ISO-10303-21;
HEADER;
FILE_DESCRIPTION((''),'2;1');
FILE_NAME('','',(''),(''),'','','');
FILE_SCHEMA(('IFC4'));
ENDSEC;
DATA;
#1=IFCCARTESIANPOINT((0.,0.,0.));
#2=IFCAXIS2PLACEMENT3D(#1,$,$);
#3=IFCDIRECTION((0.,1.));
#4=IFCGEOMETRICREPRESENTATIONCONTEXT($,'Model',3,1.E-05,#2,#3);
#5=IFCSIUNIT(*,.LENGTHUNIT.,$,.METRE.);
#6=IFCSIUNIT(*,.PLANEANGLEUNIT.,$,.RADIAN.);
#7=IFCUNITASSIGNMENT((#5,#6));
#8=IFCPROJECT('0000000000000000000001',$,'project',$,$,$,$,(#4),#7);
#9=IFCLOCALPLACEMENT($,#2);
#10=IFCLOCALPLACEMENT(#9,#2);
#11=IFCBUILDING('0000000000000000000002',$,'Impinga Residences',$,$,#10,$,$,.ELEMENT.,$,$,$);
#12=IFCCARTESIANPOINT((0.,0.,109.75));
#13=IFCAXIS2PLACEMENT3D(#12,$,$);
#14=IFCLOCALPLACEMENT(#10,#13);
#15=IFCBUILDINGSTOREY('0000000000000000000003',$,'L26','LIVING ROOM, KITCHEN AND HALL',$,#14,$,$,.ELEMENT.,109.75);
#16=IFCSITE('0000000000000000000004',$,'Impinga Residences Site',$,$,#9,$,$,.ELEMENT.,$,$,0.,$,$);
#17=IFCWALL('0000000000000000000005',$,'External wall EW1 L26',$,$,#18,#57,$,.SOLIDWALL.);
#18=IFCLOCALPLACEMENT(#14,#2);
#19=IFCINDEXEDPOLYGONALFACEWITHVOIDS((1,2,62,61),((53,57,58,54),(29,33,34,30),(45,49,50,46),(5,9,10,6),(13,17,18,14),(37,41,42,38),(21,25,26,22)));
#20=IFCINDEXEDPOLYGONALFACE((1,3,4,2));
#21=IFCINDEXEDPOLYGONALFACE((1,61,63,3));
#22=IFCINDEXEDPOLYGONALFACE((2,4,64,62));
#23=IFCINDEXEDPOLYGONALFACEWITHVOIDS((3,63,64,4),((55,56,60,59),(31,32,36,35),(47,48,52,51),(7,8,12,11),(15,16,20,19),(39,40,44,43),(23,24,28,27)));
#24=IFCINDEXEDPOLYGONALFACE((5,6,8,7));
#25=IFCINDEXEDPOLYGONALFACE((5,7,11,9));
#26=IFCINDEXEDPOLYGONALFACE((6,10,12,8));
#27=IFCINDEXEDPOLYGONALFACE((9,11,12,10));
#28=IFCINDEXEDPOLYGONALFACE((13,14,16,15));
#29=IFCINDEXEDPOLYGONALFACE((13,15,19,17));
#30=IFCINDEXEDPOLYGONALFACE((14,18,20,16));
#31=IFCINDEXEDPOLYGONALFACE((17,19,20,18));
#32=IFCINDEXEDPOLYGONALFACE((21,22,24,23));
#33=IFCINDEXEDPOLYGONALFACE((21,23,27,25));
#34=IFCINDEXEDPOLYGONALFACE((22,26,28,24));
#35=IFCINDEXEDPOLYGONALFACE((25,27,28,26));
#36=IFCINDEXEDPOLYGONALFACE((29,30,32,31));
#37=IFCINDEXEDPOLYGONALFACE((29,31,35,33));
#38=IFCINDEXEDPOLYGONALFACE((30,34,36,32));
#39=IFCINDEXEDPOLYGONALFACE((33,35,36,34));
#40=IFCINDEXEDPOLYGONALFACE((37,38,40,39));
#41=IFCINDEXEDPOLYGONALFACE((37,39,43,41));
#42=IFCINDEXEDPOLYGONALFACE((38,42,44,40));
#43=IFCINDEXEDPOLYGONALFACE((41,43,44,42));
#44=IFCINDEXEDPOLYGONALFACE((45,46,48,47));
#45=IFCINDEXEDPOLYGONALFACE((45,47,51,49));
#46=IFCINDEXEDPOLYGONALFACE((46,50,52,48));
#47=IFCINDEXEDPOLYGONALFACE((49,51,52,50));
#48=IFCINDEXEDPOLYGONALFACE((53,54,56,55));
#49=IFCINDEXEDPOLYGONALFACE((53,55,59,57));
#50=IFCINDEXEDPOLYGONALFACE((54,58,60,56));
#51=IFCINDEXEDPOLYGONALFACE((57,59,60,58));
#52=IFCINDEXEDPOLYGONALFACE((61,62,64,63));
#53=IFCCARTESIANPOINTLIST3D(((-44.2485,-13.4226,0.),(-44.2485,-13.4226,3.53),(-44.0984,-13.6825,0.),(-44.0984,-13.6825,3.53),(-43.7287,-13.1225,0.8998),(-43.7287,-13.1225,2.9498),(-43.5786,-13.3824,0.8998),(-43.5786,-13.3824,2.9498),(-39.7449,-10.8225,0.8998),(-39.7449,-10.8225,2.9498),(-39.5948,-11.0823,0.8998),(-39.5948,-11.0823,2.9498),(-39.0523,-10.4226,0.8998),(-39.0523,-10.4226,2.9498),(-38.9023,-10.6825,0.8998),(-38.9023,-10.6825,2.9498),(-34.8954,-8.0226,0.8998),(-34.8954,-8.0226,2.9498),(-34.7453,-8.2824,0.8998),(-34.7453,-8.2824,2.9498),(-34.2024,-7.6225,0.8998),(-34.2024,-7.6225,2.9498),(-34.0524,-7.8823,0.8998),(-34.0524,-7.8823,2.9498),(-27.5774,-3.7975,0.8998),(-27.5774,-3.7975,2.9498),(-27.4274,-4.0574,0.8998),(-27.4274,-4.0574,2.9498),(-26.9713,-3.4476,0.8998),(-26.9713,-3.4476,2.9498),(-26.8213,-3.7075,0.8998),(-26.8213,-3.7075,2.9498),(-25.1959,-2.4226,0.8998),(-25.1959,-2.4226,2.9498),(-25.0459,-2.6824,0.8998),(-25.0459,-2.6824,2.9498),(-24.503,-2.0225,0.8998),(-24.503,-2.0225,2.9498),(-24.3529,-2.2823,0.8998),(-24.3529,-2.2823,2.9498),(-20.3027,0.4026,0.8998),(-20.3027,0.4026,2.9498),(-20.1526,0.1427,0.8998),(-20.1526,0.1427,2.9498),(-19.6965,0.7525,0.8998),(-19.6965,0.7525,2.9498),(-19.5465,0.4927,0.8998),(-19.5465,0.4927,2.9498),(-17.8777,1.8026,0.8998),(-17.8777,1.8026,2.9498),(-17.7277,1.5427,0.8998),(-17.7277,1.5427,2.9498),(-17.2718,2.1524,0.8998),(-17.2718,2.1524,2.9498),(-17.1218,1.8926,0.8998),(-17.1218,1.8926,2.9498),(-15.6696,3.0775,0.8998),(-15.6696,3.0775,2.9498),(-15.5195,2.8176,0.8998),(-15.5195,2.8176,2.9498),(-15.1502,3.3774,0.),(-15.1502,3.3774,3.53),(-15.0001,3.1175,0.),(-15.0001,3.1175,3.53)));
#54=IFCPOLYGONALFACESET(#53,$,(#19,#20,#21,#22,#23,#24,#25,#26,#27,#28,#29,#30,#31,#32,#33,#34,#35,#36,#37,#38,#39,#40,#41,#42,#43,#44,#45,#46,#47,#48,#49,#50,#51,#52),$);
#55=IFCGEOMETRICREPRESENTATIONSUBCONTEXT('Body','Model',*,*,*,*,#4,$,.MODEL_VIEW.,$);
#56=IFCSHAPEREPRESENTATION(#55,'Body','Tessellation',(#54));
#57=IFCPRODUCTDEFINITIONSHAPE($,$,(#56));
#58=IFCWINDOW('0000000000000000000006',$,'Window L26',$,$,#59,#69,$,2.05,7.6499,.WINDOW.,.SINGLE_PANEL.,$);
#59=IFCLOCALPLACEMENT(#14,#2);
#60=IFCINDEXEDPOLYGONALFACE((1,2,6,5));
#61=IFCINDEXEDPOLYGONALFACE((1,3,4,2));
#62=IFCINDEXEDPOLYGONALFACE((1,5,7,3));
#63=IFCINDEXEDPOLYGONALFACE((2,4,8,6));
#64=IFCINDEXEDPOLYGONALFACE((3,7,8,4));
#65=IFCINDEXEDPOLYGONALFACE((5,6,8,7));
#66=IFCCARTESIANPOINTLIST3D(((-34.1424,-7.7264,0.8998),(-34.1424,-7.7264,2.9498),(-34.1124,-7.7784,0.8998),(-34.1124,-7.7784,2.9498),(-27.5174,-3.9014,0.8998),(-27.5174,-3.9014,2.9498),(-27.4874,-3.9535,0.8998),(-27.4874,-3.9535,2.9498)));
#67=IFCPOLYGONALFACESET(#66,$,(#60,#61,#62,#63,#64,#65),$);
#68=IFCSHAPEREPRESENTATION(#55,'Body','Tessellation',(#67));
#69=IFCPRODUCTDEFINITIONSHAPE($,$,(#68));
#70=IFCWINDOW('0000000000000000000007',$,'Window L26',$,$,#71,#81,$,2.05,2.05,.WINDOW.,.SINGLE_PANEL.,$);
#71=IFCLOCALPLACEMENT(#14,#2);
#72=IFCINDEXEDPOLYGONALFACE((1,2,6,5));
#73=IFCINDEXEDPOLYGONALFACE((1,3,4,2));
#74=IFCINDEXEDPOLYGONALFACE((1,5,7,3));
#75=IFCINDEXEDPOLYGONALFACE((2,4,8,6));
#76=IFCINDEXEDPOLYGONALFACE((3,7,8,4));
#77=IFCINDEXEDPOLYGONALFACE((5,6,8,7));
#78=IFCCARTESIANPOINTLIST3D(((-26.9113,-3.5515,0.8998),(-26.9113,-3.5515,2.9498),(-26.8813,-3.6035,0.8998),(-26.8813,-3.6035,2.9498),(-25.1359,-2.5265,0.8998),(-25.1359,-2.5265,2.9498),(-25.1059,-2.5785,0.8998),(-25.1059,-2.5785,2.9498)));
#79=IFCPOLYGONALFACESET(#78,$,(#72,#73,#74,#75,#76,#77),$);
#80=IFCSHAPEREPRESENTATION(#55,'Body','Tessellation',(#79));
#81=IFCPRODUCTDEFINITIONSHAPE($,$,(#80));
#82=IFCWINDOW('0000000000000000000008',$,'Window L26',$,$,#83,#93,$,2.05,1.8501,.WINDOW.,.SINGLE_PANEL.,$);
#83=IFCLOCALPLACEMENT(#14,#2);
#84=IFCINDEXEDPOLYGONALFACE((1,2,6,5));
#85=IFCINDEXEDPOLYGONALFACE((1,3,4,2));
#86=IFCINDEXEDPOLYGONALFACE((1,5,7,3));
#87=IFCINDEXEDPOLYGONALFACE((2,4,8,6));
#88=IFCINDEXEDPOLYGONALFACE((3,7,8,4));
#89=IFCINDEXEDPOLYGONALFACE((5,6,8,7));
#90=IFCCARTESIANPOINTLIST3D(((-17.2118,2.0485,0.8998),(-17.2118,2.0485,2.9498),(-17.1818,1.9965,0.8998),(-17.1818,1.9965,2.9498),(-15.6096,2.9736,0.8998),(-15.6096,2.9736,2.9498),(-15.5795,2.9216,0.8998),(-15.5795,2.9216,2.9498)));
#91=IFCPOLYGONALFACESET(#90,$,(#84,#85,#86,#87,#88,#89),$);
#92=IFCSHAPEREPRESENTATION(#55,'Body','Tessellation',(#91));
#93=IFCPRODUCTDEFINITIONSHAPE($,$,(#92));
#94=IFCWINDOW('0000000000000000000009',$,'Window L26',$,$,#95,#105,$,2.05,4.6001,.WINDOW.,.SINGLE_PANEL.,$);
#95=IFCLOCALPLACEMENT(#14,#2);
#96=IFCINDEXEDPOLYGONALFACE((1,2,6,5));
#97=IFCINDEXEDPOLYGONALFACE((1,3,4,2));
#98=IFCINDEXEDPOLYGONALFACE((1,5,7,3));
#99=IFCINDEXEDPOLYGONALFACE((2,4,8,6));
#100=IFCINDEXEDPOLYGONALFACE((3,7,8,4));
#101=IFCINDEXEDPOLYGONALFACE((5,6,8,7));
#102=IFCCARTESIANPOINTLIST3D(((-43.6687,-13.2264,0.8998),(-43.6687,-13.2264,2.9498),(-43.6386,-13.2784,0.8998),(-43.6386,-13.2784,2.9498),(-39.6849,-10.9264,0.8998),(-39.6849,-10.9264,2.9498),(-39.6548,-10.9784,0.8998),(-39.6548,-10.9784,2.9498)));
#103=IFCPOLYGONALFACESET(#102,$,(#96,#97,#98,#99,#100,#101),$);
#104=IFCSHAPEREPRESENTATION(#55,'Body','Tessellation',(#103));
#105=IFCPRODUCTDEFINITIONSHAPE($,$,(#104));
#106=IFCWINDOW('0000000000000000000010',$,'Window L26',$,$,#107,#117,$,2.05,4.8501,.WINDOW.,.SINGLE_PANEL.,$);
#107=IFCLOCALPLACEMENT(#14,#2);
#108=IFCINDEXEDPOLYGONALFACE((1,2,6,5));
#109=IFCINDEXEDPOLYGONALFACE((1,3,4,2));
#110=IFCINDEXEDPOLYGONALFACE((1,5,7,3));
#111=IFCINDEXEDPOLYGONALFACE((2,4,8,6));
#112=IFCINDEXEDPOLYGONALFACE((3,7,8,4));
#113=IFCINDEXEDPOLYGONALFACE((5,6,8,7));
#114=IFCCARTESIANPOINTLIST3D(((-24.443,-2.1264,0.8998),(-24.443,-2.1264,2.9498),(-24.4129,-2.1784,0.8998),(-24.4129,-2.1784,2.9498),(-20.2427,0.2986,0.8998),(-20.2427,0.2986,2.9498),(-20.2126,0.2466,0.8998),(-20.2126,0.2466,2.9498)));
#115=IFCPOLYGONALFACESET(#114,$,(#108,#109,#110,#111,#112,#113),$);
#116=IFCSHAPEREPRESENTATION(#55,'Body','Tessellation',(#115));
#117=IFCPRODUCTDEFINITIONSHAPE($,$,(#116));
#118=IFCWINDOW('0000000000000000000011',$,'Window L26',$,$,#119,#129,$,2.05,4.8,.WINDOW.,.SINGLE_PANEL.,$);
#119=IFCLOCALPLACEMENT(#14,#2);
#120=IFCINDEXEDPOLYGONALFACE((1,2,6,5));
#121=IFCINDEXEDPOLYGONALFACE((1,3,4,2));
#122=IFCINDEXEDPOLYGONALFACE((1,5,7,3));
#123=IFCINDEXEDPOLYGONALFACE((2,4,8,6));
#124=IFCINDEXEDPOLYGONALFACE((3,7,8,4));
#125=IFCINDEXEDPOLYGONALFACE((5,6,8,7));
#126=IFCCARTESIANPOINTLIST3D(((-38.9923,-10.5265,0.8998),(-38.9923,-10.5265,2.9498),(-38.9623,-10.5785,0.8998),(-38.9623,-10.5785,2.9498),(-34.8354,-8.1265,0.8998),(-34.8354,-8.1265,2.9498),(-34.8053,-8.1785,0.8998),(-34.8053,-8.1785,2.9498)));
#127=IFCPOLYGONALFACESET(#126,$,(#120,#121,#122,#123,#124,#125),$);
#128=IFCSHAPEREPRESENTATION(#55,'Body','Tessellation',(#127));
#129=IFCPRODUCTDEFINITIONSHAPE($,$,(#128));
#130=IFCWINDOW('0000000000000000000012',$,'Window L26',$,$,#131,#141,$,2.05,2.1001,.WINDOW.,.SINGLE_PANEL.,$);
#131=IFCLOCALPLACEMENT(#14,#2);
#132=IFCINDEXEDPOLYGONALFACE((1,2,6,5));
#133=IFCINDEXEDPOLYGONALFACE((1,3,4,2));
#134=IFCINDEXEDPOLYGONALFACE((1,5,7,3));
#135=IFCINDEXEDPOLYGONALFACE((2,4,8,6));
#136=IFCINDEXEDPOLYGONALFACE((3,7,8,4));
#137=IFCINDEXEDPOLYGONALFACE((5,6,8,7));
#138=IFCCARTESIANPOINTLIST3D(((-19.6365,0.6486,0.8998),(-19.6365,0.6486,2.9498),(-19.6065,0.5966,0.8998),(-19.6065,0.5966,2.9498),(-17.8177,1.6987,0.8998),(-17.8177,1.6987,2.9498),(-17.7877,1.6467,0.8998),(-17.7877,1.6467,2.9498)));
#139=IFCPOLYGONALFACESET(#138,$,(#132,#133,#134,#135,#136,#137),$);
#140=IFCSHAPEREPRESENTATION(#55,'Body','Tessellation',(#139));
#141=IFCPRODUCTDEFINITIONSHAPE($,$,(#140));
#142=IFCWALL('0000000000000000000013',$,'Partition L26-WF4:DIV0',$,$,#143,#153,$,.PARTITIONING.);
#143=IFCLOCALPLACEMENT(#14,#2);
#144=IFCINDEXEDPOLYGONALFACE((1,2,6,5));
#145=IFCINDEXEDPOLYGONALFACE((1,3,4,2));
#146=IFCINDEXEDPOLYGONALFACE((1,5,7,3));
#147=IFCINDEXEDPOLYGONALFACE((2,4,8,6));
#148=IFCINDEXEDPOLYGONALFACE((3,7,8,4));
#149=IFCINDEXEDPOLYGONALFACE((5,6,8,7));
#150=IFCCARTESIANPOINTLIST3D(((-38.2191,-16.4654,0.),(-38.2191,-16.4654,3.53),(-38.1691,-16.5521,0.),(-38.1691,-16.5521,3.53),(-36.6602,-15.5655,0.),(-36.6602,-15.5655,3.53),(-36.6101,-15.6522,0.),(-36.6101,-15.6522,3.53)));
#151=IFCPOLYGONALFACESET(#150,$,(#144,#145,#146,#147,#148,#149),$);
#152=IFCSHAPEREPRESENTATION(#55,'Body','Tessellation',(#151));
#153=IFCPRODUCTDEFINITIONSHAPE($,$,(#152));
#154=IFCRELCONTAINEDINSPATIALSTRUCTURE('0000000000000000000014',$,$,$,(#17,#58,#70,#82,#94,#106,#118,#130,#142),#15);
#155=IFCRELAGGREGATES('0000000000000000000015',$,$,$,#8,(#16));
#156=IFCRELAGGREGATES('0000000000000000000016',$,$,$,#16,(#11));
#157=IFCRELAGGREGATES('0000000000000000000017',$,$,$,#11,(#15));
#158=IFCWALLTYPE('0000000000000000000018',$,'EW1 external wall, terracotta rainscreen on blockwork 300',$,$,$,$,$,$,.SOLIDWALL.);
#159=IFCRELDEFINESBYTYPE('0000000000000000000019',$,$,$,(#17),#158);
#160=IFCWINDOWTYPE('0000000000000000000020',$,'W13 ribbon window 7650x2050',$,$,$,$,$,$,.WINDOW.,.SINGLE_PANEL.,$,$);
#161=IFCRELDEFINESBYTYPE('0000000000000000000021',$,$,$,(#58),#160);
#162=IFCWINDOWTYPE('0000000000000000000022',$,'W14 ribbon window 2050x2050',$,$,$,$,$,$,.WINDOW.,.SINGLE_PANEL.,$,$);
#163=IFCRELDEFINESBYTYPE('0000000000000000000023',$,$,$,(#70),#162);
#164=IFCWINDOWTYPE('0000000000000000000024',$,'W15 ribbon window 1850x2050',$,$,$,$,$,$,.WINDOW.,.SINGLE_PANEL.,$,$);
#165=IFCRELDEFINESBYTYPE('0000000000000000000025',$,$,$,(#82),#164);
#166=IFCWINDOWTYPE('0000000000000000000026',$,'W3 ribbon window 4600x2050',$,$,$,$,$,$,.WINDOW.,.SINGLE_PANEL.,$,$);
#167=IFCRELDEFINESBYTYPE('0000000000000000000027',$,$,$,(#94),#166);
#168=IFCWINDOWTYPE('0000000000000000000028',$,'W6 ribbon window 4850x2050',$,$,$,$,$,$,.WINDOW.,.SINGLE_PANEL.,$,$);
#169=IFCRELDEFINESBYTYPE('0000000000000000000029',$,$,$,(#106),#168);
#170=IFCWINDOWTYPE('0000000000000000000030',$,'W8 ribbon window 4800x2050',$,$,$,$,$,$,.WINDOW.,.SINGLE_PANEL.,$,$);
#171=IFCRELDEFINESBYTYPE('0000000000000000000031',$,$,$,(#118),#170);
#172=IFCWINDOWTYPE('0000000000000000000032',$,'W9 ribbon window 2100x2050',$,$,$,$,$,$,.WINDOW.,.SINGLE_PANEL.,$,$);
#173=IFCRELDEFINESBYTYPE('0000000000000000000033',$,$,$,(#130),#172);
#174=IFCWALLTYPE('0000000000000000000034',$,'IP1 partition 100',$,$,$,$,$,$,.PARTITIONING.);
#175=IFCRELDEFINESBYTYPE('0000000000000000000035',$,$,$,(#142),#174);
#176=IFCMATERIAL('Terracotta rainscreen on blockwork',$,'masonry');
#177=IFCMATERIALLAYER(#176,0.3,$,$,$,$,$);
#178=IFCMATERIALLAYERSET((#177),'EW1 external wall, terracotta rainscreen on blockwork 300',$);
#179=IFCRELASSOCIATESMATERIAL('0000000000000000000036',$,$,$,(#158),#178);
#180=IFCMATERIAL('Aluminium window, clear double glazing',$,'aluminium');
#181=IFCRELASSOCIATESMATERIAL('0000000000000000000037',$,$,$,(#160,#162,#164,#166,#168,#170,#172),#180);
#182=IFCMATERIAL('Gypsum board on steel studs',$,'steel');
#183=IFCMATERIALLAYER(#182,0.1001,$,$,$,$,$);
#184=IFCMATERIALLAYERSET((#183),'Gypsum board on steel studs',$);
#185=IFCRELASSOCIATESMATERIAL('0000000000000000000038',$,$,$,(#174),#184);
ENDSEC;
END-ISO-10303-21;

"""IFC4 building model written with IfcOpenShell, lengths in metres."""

from ifc_helpers import new_model, si_unit, direction, frame, frame_2d, origin, place, context, subcontext, project, spatial, rectangle, extrude, material, layer, layer_set, type_object, element, fill, save


model = new_model("IFC4")

# Units and contexts
model_context = context("Model", 3, precision=1e-05, world=origin(), true_north=direction((0.0, 1.0)))
body_context = subcontext(model_context, "Body", "Model", "MODEL_VIEW")
ifc_project = project(units=[si_unit("LENGTHUNIT", "METRE"), si_unit("PLANEANGLEUNIT", "RADIAN")], contexts=[model_context])

# Site, building, storey
site_placement = place(None, origin())
site = spatial("IfcSite", under=ifc_project, at=site_placement, Name="Impinga Residences Site", CompositionType="ELEMENT", RefElevation=0.0)
building_placement = place(site_placement, origin())
building = spatial("IfcBuilding", under=site, at=building_placement, Name="Impinga Residences", CompositionType="ELEMENT")
storey_placement = place(building_placement, frame((0.0, 0.0, 109.75)))
storey = spatial("IfcBuildingStorey", under=building, at=storey_placement, Name="L26", Description="LIVING ROOM, KITCHEN AND HALL", CompositionType="ELEMENT", Elevation=109.75)

# Shared definitions
ifc_material_1 = material(Name="Terracotta rainscreen on blockwork", Category="masonry")
ifc_layer_1 = layer(ifc_material_1, 0.3)
ifc_layer_set_1 = layer_set([ifc_layer_1], Name="EW1 external wall, terracotta rainscreen on blockwork 300")
wall_type_1 = type_object("IfcWallType", Name="EW1 external wall, terracotta rainscreen on blockwork 300", PredefinedType="SOLIDWALL", material=ifc_layer_set_1)

# Wall, openings, windows
wall_1_placement = place(storey_placement, frame((-44.1733, -13.5525, 0.0), z_axis=(0.0, 0.0, 1.0), x_axis=(0.866024, 0.500002, 0.0)))
wall_1 = element("IfcWall", 1, at=wall_1_placement, inside=storey, type_object=wall_type_1, Name="External wall EW1 L26", PredefinedType="SOLIDWALL", context=body_context, shape_type="SweptSolid", body=[
    extrude(rectangle(XDim=33.5999, YDim=0.3, at=frame_2d((16.7998, 0.0))), origin(), (0.0, 0.0, 1.0), 3.53),
])
opening_1_placement = place(wall_1_placement, frame((0.6001, 0.0, 0.8999)))
opening_1 = element("IfcOpeningElement", 2, at=opening_1_placement, cuts=wall_1, PredefinedType="OPENING", context=body_context, shape_type="SweptSolid", body=[
    extrude(rectangle(XDim=4.6001, YDim=2.05, at=frame_2d((2.3, 1.0249))), frame((0.0, 0.1599, 0.0), z_axis=(0.0, -1.0, 0.0), x_axis=(1.0, 0.0, 0.0)), (0.0, 0.0, 1.0), 0.3201),
])
opening_2_placement = place(wall_1_placement, frame((6.0, 0.0, 0.8999)))
opening_2 = element("IfcOpeningElement", 3, at=opening_2_placement, cuts=wall_1, PredefinedType="OPENING", context=body_context, shape_type="SweptSolid", body=[
    extrude(rectangle(XDim=4.8, YDim=2.05, at=frame_2d((2.3999, 1.0249))), frame((0.0, 0.1599, 0.0), z_axis=(0.0, -1.0, 0.0), x_axis=(1.0, 0.0, 0.0)), (0.0, 0.0, 1.0), 0.3201),
])
opening_3_placement = place(wall_1_placement, frame((11.6001, 0.0, 0.8999)))
opening_3 = element("IfcOpeningElement", 4, at=opening_3_placement, cuts=wall_1, PredefinedType="OPENING", context=body_context, shape_type="SweptSolid", body=[
    extrude(rectangle(XDim=7.6499, YDim=2.05, at=frame_2d((3.825, 1.0249))), frame((0.0, 0.1599, 0.0), z_axis=(0.0, -1.0, 0.0), x_axis=(1.0, 0.0, 0.0)), (0.0, 0.0, 1.0), 0.3201),
])
opening_4_placement = place(wall_1_placement, frame((19.95, 0.0, 0.8999)))
opening_4 = element("IfcOpeningElement", 5, at=opening_4_placement, cuts=wall_1, PredefinedType="OPENING", context=body_context, shape_type="SweptSolid", body=[
    extrude(rectangle(XDim=2.05, YDim=2.05, at=frame_2d((1.0249, 1.0249))), frame((0.0, 0.1599, 0.0), z_axis=(0.0, -1.0, 0.0), x_axis=(1.0, 0.0, 0.0)), (0.0, 0.0, 1.0), 0.3201),
])
opening_5_placement = place(wall_1_placement, frame((22.8, 0.0, 0.8999)))
opening_5 = element("IfcOpeningElement", 6, at=opening_5_placement, cuts=wall_1, PredefinedType="OPENING", context=body_context, shape_type="SweptSolid", body=[
    extrude(rectangle(XDim=4.8501, YDim=2.05, at=frame_2d((2.425, 1.0249))), frame((0.0, 0.1599, 0.0), z_axis=(0.0, -1.0, 0.0), x_axis=(1.0, 0.0, 0.0)), (0.0, 0.0, 1.0), 0.3201),
])
opening_6_placement = place(wall_1_placement, frame((28.3501, 0.0, 0.8999)))
opening_6 = element("IfcOpeningElement", 7, at=opening_6_placement, cuts=wall_1, PredefinedType="OPENING", context=body_context, shape_type="SweptSolid", body=[
    extrude(rectangle(XDim=2.1001, YDim=2.05, at=frame_2d((1.05, 1.0249))), frame((0.0, 0.1599, 0.0), z_axis=(0.0, -1.0, 0.0), x_axis=(1.0, 0.0, 0.0)), (0.0, 0.0, 1.0), 0.3201),
])
opening_7_placement = place(wall_1_placement, frame((31.1499, 0.0, 0.8999)))
opening_7 = element("IfcOpeningElement", 8, at=opening_7_placement, cuts=wall_1, PredefinedType="OPENING", context=body_context, shape_type="SweptSolid", body=[
    extrude(rectangle(XDim=1.8501, YDim=2.05, at=frame_2d((0.925, 1.0249))), frame((0.0, 0.1599, 0.0), z_axis=(0.0, -1.0, 0.0), x_axis=(1.0, 0.0, 0.0)), (0.0, 0.0, 1.0), 0.3201),
])
ifc_material_2 = material(Name="Aluminium window, clear double glazing", Category="aluminium")
window_type_1 = type_object("IfcWindowType", Name="W13 ribbon window 7650x2050", PartitioningType="SINGLE_PANEL", PredefinedType="WINDOW", material=ifc_material_2)
window_1_placement = place(opening_3_placement, origin())
window_1 = element("IfcWindow", 9, at=window_1_placement, inside=storey, type_object=window_type_1, Name="Window L26", OverallHeight=2.05, OverallWidth=7.6499, PartitioningType="SINGLE_PANEL", PredefinedType="WINDOW", context=body_context, shape_type="SweptSolid", body=[
    extrude(rectangle(XDim=7.6499, YDim=2.05, at=frame_2d((3.825, 1.0249))), frame((0.0, 0.03, 0.0), z_axis=(0.0, -1.0, 0.0), x_axis=(1.0, 0.0, 0.0)), (0.0, 0.0, 1.0), 0.0601),
])
fill(opening_3, window_1)
window_type_2 = type_object("IfcWindowType", Name="W14 ribbon window 2050x2050", PartitioningType="SINGLE_PANEL", PredefinedType="WINDOW", material=ifc_material_2)
window_2_placement = place(opening_4_placement, origin())
window_2 = element("IfcWindow", 10, at=window_2_placement, inside=storey, type_object=window_type_2, Name="Window L26", OverallHeight=2.05, OverallWidth=2.05, PartitioningType="SINGLE_PANEL", PredefinedType="WINDOW", context=body_context, shape_type="SweptSolid", body=[
    extrude(rectangle(XDim=2.05, YDim=2.05, at=frame_2d((1.0249, 1.0249))), frame((0.0, 0.03, 0.0), z_axis=(0.0, -1.0, 0.0), x_axis=(1.0, 0.0, 0.0)), (0.0, 0.0, 1.0), 0.0601),
])
fill(opening_4, window_2)
window_type_3 = type_object("IfcWindowType", Name="W15 ribbon window 1850x2050", PartitioningType="SINGLE_PANEL", PredefinedType="WINDOW", material=ifc_material_2)
window_3_placement = place(opening_7_placement, origin())
window_3 = element("IfcWindow", 11, at=window_3_placement, inside=storey, type_object=window_type_3, Name="Window L26", OverallHeight=2.05, OverallWidth=1.8501, PartitioningType="SINGLE_PANEL", PredefinedType="WINDOW", context=body_context, shape_type="SweptSolid", body=[
    extrude(rectangle(XDim=1.8501, YDim=2.05, at=frame_2d((0.925, 1.0249))), frame((0.0, 0.03, 0.0), z_axis=(0.0, -1.0, 0.0), x_axis=(1.0, 0.0, 0.0)), (0.0, 0.0, 1.0), 0.0601),
])
fill(opening_7, window_3)
window_type_4 = type_object("IfcWindowType", Name="W3 ribbon window 4600x2050", PartitioningType="SINGLE_PANEL", PredefinedType="WINDOW", material=ifc_material_2)
window_4_placement = place(opening_1_placement, origin())
window_4 = element("IfcWindow", 12, at=window_4_placement, inside=storey, type_object=window_type_4, Name="Window L26", OverallHeight=2.05, OverallWidth=4.6001, PartitioningType="SINGLE_PANEL", PredefinedType="WINDOW", context=body_context, shape_type="SweptSolid", body=[
    extrude(rectangle(XDim=4.6001, YDim=2.05, at=frame_2d((2.3, 1.0249))), frame((0.0, 0.03, 0.0), z_axis=(0.0, -1.0, 0.0), x_axis=(1.0, 0.0, 0.0)), (0.0, 0.0, 1.0), 0.0601),
])
fill(opening_1, window_4)
window_type_5 = type_object("IfcWindowType", Name="W6 ribbon window 4850x2050", PartitioningType="SINGLE_PANEL", PredefinedType="WINDOW", material=ifc_material_2)
window_5_placement = place(opening_5_placement, origin())
window_5 = element("IfcWindow", 13, at=window_5_placement, inside=storey, type_object=window_type_5, Name="Window L26", OverallHeight=2.05, OverallWidth=4.8501, PartitioningType="SINGLE_PANEL", PredefinedType="WINDOW", context=body_context, shape_type="SweptSolid", body=[
    extrude(rectangle(XDim=4.8501, YDim=2.05, at=frame_2d((2.425, 1.0249))), frame((0.0, 0.03, 0.0), z_axis=(0.0, -1.0, 0.0), x_axis=(1.0, 0.0, 0.0)), (0.0, 0.0, 1.0), 0.0601),
])
fill(opening_5, window_5)
window_type_6 = type_object("IfcWindowType", Name="W8 ribbon window 4800x2050", PartitioningType="SINGLE_PANEL", PredefinedType="WINDOW", material=ifc_material_2)
window_6_placement = place(opening_2_placement, origin())
window_6 = element("IfcWindow", 14, at=window_6_placement, inside=storey, type_object=window_type_6, Name="Window L26", OverallHeight=2.05, OverallWidth=4.8, PartitioningType="SINGLE_PANEL", PredefinedType="WINDOW", context=body_context, shape_type="SweptSolid", body=[
    extrude(rectangle(XDim=4.8, YDim=2.05, at=frame_2d((2.3999, 1.0249))), frame((0.0, 0.03, 0.0), z_axis=(0.0, -1.0, 0.0), x_axis=(1.0, 0.0, 0.0)), (0.0, 0.0, 1.0), 0.0601),
])
fill(opening_2, window_6)
window_type_7 = type_object("IfcWindowType", Name="W9 ribbon window 2100x2050", PartitioningType="SINGLE_PANEL", PredefinedType="WINDOW", material=ifc_material_2)
window_7_placement = place(opening_6_placement, origin())
window_7 = element("IfcWindow", 15, at=window_7_placement, inside=storey, type_object=window_type_7, Name="Window L26", OverallHeight=2.05, OverallWidth=2.1001, PartitioningType="SINGLE_PANEL", PredefinedType="WINDOW", context=body_context, shape_type="SweptSolid", body=[
    extrude(rectangle(XDim=2.1001, YDim=2.05, at=frame_2d((1.05, 1.0249))), frame((0.0, 0.03, 0.0), z_axis=(0.0, -1.0, 0.0), x_axis=(1.0, 0.0, 0.0)), (0.0, 0.0, 1.0), 0.0601),
])
fill(opening_6, window_7)

# Wall
ifc_material_3 = material(Name="Gypsum board on steel studs", Category="steel")
ifc_layer_2 = layer(ifc_material_3, 0.1001)
ifc_layer_set_2 = layer_set([ifc_layer_2], Name="Gypsum board on steel studs")
wall_type_2 = type_object("IfcWallType", Name="IP1 partition 100", PredefinedType="PARTITIONING", material=ifc_layer_set_2)
wall_2_placement = place(storey_placement, frame((-36.6353, -15.6089, 0.0), z_axis=(0.0, 0.0, 1.0), x_axis=(-0.866048, -0.499961, 0.0)))
element("IfcWall", 16, at=wall_2_placement, inside=storey, type_object=wall_type_2, Name="Partition L26-WF4:DIV0", PredefinedType="PARTITIONING", context=body_context, shape_type="SweptSolid", body=[
    extrude(rectangle(XDim=1.8, YDim=0.1001, at=frame_2d((0.8999, 0.0))), origin(), (0.0, 0.0, 1.0), 3.53),
])

save(model, "model.ifc")
